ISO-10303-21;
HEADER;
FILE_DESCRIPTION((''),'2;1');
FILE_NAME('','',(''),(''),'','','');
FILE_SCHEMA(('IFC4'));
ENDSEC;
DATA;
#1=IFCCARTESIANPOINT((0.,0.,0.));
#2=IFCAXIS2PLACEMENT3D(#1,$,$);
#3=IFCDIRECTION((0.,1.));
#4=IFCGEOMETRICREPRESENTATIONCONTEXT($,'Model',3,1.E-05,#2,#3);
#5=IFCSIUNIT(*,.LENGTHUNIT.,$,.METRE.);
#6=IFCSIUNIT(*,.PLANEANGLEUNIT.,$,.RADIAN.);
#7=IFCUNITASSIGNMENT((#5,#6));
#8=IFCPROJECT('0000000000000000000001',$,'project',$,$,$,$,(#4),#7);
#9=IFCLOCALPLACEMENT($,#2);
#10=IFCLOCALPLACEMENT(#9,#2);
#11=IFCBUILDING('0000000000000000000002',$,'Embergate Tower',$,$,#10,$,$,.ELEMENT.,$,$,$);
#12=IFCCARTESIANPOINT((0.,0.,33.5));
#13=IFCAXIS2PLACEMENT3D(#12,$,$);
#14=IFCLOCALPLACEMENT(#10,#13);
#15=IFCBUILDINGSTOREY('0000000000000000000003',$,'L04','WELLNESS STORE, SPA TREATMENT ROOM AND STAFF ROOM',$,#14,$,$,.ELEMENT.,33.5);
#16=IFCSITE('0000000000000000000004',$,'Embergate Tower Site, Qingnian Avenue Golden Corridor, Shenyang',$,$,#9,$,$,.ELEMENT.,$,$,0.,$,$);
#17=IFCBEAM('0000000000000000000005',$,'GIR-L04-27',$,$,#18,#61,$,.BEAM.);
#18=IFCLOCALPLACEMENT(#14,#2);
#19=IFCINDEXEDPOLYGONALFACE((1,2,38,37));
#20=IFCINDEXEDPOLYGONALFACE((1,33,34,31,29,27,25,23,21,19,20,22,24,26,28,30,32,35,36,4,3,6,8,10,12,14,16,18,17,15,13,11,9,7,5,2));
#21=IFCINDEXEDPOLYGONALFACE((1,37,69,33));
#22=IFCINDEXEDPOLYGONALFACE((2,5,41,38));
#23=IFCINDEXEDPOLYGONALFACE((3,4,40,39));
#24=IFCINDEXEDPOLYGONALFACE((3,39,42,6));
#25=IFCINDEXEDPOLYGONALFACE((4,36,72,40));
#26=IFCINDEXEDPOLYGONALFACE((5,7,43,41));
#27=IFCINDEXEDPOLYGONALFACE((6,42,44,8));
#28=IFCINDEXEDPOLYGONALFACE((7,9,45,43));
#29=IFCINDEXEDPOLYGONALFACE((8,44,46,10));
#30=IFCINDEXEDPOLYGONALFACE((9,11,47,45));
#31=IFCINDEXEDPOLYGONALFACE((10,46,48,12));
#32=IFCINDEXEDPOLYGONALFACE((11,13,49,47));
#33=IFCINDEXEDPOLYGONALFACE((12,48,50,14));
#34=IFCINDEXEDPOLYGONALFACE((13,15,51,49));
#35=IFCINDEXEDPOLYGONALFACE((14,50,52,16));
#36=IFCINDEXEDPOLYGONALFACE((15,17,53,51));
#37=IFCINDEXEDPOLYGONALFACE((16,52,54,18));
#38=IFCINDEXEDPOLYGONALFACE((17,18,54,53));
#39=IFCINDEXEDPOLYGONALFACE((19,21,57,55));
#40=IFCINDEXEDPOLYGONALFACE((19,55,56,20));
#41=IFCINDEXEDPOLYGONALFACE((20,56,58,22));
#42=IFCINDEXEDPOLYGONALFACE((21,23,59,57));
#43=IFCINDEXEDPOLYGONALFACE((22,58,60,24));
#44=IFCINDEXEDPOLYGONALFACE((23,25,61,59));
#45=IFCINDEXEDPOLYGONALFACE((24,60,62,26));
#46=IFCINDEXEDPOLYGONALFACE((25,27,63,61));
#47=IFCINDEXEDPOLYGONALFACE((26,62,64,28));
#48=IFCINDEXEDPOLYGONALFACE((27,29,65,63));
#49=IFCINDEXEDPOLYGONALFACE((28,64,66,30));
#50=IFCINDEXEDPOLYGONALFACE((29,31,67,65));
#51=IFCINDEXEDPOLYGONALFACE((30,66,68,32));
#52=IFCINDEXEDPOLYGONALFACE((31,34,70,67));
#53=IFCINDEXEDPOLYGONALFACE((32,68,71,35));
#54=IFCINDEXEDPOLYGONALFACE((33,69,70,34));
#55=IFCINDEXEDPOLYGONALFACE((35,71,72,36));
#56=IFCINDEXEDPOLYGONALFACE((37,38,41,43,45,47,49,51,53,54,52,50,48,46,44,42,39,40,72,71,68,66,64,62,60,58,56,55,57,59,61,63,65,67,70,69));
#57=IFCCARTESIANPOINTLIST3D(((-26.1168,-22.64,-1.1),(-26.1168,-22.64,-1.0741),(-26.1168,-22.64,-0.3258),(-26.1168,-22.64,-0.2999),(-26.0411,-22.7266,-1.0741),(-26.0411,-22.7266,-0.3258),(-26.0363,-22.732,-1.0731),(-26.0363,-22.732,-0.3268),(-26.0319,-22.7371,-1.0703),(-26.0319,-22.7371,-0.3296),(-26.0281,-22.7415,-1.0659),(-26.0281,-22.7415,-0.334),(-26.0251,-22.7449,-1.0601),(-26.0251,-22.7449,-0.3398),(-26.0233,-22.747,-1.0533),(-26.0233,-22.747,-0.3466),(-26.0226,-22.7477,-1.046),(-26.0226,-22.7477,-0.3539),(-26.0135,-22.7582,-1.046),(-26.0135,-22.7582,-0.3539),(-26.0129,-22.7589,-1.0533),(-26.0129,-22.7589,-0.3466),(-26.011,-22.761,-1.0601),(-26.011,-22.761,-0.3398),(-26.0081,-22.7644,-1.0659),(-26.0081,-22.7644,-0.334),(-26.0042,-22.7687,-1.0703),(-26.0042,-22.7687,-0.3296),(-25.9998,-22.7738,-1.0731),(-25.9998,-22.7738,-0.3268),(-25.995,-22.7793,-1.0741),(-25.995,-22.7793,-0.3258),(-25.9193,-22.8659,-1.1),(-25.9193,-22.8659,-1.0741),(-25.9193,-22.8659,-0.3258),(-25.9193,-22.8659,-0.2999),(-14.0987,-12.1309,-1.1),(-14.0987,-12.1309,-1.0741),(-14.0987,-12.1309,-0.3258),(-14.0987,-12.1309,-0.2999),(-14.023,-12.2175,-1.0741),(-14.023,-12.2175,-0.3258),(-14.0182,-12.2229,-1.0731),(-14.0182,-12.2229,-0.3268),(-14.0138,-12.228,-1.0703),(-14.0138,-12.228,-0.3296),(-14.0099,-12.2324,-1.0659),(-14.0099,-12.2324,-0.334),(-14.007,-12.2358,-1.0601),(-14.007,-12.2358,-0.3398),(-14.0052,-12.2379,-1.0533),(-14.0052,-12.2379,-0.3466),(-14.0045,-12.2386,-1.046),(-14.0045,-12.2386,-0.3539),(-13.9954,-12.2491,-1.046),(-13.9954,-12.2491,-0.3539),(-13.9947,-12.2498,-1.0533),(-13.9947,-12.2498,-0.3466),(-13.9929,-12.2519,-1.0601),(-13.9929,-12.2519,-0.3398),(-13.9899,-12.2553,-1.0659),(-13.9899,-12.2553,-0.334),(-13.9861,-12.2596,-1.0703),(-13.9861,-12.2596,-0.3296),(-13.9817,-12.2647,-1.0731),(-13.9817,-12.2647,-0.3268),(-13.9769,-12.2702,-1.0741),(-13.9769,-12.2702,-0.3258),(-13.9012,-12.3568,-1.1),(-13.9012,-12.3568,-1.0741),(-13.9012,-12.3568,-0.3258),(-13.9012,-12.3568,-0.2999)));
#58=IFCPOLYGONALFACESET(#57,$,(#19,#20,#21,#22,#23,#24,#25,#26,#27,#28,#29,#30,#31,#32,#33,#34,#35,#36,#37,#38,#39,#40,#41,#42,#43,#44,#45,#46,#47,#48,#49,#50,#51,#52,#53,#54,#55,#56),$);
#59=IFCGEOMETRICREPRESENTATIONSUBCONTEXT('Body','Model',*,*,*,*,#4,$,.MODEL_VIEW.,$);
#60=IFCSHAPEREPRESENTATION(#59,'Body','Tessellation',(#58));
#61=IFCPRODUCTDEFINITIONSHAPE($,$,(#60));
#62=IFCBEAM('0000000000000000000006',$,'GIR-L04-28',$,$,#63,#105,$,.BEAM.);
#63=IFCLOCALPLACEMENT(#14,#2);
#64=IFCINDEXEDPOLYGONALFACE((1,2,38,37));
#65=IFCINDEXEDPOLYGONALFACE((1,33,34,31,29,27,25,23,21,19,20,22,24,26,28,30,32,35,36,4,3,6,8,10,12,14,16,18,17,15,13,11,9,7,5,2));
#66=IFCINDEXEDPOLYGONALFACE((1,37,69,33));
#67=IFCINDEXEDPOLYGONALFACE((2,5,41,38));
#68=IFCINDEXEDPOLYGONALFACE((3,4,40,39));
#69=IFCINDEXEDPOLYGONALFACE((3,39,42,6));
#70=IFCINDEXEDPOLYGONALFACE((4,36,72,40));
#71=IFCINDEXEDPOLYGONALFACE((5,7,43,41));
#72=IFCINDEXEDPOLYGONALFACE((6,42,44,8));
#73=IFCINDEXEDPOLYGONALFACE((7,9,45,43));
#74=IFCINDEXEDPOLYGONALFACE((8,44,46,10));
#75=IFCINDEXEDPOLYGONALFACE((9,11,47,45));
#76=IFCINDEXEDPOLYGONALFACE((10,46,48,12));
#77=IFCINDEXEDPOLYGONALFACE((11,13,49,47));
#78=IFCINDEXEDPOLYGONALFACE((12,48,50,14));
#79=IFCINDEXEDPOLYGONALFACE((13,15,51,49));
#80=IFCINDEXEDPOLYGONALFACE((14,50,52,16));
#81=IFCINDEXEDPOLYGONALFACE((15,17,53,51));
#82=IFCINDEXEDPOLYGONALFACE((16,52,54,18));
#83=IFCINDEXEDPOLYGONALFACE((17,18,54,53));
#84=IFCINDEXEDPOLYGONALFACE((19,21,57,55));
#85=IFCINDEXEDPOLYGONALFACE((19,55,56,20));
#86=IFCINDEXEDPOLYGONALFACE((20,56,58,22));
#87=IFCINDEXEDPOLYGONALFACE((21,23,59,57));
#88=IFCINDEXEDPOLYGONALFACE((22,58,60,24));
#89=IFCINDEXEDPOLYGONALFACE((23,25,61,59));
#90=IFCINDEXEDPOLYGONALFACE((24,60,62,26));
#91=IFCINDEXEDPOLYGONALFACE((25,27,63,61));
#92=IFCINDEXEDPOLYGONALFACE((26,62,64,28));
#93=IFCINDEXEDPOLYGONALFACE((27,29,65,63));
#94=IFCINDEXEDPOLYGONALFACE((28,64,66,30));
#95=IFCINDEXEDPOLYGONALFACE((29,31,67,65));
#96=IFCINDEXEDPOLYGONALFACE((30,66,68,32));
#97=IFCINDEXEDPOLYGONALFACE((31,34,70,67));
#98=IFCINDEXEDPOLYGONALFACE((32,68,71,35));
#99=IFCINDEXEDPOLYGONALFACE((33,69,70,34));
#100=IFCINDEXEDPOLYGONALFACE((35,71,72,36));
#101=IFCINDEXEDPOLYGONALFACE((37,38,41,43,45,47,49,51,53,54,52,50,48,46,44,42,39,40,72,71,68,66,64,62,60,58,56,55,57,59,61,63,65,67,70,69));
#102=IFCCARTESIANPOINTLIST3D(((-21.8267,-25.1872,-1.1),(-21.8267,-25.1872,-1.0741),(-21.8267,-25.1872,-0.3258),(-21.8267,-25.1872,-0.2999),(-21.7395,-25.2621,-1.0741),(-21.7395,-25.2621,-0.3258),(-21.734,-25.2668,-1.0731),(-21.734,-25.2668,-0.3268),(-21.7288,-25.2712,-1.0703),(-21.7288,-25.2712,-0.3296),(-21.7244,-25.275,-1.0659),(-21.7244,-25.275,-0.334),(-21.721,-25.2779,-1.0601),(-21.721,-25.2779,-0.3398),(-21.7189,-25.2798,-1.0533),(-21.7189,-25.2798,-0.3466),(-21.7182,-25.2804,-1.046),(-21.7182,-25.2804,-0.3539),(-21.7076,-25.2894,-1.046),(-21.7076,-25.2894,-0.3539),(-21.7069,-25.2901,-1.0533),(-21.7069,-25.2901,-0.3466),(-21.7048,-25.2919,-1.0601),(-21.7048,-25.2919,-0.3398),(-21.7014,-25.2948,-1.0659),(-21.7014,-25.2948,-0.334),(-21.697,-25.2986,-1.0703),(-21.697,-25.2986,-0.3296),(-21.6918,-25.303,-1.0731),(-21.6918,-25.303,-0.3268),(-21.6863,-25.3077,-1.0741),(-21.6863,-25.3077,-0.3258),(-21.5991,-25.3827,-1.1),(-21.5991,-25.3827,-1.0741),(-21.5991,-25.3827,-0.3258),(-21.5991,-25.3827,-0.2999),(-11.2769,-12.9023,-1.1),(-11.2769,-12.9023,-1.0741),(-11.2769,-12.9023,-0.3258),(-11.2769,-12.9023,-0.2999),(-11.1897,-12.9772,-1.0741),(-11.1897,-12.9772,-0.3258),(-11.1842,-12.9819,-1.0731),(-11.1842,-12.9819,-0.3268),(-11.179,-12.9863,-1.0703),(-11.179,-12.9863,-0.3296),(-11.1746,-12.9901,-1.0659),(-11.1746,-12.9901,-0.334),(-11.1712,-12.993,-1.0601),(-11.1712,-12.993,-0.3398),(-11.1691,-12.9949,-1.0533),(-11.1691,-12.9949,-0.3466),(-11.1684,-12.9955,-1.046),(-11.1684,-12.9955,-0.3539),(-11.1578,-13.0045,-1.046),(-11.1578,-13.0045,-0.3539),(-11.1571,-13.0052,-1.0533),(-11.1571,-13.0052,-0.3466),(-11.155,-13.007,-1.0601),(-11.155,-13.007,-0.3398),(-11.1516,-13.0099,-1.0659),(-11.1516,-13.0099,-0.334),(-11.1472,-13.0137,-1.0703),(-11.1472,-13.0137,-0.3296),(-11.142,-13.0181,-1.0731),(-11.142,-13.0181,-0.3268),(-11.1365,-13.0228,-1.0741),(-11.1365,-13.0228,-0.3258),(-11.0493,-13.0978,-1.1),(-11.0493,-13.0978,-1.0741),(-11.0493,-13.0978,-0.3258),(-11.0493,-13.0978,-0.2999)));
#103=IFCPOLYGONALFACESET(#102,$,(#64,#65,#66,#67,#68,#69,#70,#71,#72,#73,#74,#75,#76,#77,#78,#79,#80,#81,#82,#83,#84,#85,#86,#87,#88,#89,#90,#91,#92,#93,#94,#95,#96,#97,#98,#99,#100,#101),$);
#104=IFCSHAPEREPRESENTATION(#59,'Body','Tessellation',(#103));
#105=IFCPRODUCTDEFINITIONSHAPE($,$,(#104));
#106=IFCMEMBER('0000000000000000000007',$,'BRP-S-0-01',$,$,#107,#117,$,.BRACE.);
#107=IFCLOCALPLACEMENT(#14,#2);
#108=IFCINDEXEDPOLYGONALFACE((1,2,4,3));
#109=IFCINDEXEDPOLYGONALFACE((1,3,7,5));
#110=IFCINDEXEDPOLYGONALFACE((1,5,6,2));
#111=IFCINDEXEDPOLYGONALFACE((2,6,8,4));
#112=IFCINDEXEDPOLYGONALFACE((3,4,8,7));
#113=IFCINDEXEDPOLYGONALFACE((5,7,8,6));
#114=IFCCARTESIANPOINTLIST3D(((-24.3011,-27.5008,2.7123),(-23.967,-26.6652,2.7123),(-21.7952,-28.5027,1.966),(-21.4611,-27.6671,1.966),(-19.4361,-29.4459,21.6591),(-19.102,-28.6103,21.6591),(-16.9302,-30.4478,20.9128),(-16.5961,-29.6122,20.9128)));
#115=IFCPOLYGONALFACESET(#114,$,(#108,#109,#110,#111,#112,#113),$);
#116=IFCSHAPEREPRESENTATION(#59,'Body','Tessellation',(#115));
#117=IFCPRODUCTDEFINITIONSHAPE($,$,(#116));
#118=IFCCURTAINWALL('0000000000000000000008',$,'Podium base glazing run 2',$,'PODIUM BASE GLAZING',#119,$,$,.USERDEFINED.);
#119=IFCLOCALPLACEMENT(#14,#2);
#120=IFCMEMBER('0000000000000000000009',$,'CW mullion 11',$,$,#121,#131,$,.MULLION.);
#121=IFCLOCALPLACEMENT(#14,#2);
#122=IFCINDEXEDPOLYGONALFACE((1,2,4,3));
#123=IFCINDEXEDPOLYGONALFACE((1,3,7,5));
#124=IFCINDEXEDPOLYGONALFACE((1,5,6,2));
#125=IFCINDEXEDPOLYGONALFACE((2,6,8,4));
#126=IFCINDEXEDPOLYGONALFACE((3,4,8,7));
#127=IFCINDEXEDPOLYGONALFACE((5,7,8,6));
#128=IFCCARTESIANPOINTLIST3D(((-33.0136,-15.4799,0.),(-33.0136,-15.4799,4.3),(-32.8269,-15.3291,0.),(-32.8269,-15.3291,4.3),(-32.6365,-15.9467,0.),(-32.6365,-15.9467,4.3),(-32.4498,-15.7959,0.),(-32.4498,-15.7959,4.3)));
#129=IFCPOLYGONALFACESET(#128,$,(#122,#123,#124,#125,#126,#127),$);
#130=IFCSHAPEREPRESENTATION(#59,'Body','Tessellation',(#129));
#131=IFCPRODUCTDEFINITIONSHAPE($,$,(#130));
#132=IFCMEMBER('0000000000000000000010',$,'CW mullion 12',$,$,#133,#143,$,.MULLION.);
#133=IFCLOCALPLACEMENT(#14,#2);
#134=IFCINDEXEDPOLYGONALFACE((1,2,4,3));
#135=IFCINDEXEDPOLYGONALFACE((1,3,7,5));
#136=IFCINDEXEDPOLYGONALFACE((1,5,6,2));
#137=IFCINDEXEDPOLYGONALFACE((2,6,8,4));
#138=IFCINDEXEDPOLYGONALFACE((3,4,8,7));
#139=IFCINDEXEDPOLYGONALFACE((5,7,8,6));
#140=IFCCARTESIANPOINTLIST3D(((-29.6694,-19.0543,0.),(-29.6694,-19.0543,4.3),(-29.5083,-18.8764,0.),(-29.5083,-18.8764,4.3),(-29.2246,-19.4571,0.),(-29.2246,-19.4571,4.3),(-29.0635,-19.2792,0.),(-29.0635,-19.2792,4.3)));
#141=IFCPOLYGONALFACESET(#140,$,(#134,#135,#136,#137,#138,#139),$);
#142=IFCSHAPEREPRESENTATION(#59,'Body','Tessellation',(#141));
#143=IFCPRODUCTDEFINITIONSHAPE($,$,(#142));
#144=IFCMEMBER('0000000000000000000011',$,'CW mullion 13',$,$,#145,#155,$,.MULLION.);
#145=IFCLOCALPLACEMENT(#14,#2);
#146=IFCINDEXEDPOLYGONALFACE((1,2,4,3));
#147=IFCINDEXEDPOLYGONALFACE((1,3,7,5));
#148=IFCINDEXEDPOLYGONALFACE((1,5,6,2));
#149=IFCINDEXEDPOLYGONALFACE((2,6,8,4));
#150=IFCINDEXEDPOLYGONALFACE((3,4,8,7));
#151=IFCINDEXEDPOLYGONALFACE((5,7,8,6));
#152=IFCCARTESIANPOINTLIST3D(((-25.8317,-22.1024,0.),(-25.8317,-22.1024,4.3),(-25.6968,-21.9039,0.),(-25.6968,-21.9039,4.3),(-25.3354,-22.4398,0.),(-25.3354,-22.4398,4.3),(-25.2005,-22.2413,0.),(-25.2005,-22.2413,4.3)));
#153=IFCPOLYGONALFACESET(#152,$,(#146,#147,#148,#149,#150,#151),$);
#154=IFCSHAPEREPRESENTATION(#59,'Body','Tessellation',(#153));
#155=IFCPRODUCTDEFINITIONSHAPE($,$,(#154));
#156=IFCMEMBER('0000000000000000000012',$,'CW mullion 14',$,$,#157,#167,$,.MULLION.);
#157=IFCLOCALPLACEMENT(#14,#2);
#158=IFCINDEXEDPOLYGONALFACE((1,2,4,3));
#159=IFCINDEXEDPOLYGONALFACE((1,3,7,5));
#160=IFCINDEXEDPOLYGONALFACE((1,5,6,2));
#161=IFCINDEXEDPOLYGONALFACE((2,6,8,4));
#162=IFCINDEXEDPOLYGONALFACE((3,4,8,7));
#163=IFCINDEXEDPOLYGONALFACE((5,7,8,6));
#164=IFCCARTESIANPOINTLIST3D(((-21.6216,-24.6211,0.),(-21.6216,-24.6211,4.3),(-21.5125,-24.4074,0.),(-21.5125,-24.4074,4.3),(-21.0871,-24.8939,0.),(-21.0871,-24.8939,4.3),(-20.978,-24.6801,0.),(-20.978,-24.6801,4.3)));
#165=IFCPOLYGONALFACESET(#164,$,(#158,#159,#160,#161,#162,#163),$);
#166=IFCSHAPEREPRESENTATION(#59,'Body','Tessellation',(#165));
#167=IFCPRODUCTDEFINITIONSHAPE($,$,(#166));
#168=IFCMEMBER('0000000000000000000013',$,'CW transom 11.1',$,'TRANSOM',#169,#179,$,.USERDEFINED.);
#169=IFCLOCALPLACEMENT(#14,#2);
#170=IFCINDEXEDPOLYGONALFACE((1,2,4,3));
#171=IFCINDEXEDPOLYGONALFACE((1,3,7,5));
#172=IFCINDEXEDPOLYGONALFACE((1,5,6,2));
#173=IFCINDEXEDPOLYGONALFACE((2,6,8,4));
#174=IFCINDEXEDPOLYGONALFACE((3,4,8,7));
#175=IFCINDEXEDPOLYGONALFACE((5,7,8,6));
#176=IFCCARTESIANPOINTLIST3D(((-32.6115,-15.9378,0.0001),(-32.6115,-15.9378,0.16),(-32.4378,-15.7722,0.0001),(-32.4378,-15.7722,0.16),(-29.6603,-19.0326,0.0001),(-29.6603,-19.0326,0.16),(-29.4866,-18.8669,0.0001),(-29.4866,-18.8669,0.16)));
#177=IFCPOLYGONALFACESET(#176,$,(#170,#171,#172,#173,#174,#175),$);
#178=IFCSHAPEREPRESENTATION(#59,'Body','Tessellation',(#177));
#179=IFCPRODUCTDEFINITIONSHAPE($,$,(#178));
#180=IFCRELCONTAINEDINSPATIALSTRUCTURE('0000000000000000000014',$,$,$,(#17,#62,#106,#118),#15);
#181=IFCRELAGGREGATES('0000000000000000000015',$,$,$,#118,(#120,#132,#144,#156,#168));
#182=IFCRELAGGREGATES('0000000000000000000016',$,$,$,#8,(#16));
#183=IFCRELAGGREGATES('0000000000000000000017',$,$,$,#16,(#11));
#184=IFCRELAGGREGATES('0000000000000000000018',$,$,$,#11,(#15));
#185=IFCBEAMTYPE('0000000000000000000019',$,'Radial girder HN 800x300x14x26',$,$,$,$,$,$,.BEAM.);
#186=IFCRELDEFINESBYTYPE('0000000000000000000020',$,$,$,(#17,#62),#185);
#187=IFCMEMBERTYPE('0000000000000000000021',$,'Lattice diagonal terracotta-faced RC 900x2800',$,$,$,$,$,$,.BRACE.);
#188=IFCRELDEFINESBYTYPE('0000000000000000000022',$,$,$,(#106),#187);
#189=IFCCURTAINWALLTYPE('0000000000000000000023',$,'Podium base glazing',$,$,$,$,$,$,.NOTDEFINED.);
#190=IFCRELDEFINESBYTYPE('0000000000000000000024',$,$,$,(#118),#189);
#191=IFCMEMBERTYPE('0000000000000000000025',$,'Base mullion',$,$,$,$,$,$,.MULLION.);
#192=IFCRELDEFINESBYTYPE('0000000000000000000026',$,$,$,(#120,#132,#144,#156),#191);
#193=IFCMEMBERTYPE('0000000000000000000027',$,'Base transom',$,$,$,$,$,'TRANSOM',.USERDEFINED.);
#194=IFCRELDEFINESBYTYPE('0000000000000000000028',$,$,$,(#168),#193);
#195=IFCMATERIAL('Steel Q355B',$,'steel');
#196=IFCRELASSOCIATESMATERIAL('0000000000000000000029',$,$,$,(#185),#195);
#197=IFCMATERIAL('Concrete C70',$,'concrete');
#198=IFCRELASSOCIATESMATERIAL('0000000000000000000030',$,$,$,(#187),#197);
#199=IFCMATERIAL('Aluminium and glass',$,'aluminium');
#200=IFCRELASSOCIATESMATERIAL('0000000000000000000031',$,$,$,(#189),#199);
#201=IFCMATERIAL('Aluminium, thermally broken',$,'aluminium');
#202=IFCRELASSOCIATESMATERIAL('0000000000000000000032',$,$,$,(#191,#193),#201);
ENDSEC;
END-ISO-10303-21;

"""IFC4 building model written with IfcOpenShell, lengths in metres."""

from ifc_helpers import new_model, si_unit, direction, frame, origin, origin_2d, place, context, subcontext, project, spatial, rectangle, i_section, extrude, source, transform, mapped, material, material_profile, profile_set, type_object, element, aggregate, save


model = new_model("IFC4")

# Units and contexts
model_context = context("Model", 3, precision=1e-05, world=origin(), true_north=direction((0.0, 1.0)))
body_context = subcontext(model_context, "Body", "Model", "MODEL_VIEW")
ifc_project = project(units=[si_unit("LENGTHUNIT", "METRE"), si_unit("PLANEANGLEUNIT", "RADIAN")], contexts=[model_context])

# Site, building, storey
site_placement = place(None, origin())
site = spatial("IfcSite", under=ifc_project, at=site_placement, Name="Embergate Tower Site, Qingnian Avenue Golden Corridor, Shenyang", CompositionType="ELEMENT", RefElevation=0.0)
building_placement = place(site_placement, origin())
building = spatial("IfcBuilding", under=site, at=building_placement, Name="Embergate Tower", CompositionType="ELEMENT")
storey_placement = place(building_placement, frame((0.0, 0.0, 33.5)))
storey = spatial("IfcBuildingStorey", under=building, at=storey_placement, Name="L04", Description="WELLNESS STORE, SPA TREATMENT ROOM AND STAFF ROOM", CompositionType="ELEMENT", Elevation=33.5)

# Shared definitions
ifc_material_1 = material(Name="Concrete C70", Category="concrete")

# Beams
ifc_material_2 = material(Name="Steel Q355B", Category="steel")
ifc_material_profile_1 = material_profile(ifc_material_2, i_section(OverallWidth=0.3, OverallDepth=0.8, WebThickness=0.0139, FlangeThickness=0.0259, FilletRadius=0.0281, at=origin_2d()), Name="HN 800x300x14x26")
ifc_profile_set_1 = profile_set([ifc_material_profile_1], Name="Steel Q355 grade B")
beam_type_1 = type_object("IfcBeamType", Name="Radial girder HN 800x300x14x26", PredefinedType="BEAM", material=ifc_profile_set_1)
shared_shape_1 = source(origin(), body_context, "Body", "SweptSolid", [
    extrude(i_section(OverallWidth=0.3, OverallDepth=0.8, WebThickness=0.0139, FlangeThickness=0.0259, FilletRadius=0.0281, at=origin_2d()), origin(), (0.0, 0.0, 1.0), 15.9648),
])
beam_1_placement = place(storey_placement, frame((-26.0181, -22.7529, -0.7), z_axis=(0.752787, 0.658264, 0.0), x_axis=(-0.658264, 0.752787, 0.0)))
element("IfcBeam", 1, at=beam_1_placement, inside=storey, type_object=beam_type_1, Name="GIR-L04-27", PredefinedType="BEAM", context=body_context, shape_type="MappedRepresentation", body=[
    mapped(shared_shape_1, transform((0.0, 0.0, 0.0))),
])
shared_shape_2 = source(origin(), body_context, "Body", "SweptSolid", [
    extrude(i_section(OverallWidth=0.3, OverallDepth=0.8, WebThickness=0.0139, FlangeThickness=0.0259, FilletRadius=0.0281, at=origin_2d()), origin(), (0.0, 0.0, 1.0), 16.1931),
])
beam_2_placement = place(storey_placement, frame((-21.7129, -25.2849, -0.7), z_axis=(0.651499, 0.75865, 0.0), x_axis=(-0.75865, 0.651499, 0.0)))
element("IfcBeam", 2, at=beam_2_placement, inside=storey, type_object=beam_type_1, Name="GIR-L04-28", PredefinedType="BEAM", context=body_context, shape_type="MappedRepresentation", body=[
    mapped(shared_shape_2, transform((0.0, 0.0, 0.0))),
])

# Member
ifc_material_profile_2 = material_profile(ifc_material_1, rectangle(XDim=0.8999, YDim=2.8, at=origin_2d()), Name="RC 900x2800")
ifc_profile_set_2 = profile_set([ifc_material_profile_2], Name="Concrete C70")
member_type_1 = type_object("IfcMemberType", Name="Lattice diagonal terracotta-faced RC 900x2800", PredefinedType="BRACE", material=ifc_profile_set_2)
shared_shape_3 = source(origin(), body_context, "Body", "SweptSolid", [
    extrude(rectangle(XDim=0.8999, YDim=2.8, at=origin_2d()), origin(), (0.0, 0.0, 1.0), 19.658),
])
member_1_placement = place(storey_placement, frame((-22.8811, -27.584, 2.3391), z_axis=(0.247483, -0.098946, 0.963827), x_axis=(0.371238, 0.928538, 0.0)))
element("IfcMember", 3, at=member_1_placement, inside=storey, type_object=member_type_1, Name="BRP-S-0-01", PredefinedType="BRACE", context=body_context, shape_type="MappedRepresentation", body=[
    mapped(shared_shape_3, transform((0.0, 0.0, 0.0))),
])

# Curtain wall, members
ifc_material_3 = material(Name="Aluminium and glass", Category="aluminium")
curtain_wall_type = type_object("IfcCurtainWallType", Name="Podium base glazing", PredefinedType="NOTDEFINED", material=ifc_material_3)
curtain_wall_placement = place(storey_placement, origin())
curtain_wall = element("IfcCurtainWall", 4, at=curtain_wall_placement, inside=storey, type_object=curtain_wall_type, Name="Podium base glazing run 2", ObjectType="PODIUM BASE GLAZING", PredefinedType="USERDEFINED")
ifc_material_4 = material(Name="Aluminium, thermally broken", Category="aluminium")
ifc_material_profile_3 = material_profile(ifc_material_4, rectangle(XDim=0.24, YDim=0.6001, at=origin_2d()), Name="AL 600x240")
ifc_profile_set_3 = profile_set([ifc_material_profile_3], Name="Aluminium, thermally broken")
member_type_2 = type_object("IfcMemberType", Name="Base mullion", PredefinedType="MULLION", material=ifc_profile_set_3)
shared_shape_4 = source(origin(), body_context, "Body", "SweptSolid", [
    extrude(rectangle(XDim=0.24, YDim=0.6001, at=origin_2d()), origin(), (0.0, 0.0, 1.0), 4.3),
])
member_2_placement = place(storey_placement, frame((-32.7317, -15.6379, 0.0), z_axis=(0.0, 0.0, 1.0), x_axis=(0.777869, 0.628426, 0.0)))
member_2 = element("IfcMember", 5, at=member_2_placement, type_object=member_type_2, Name="CW mullion 11", PredefinedType="MULLION", context=body_context, shape_type="MappedRepresentation", body=[
    mapped(shared_shape_4, transform((0.0, 0.0, 0.0))),
])
member_3_placement = place(storey_placement, frame((-29.3665, -19.1667, 0.0), z_axis=(0.0, 0.0, 1.0), x_axis=(0.671223, 0.741256, 0.0)))
member_3 = element("IfcMember", 6, at=member_3_placement, type_object=member_type_2, Name="CW mullion 12", PredefinedType="MULLION", context=body_context, shape_type="MappedRepresentation", body=[
    mapped(shared_shape_4, transform((0.0, 0.0, 0.0))),
])
member_4_placement = place(storey_placement, frame((-25.5161, -22.1719, 0.0), z_axis=(0.0, 0.0, 1.0), x_axis=(0.562213, 0.826992, 0.0)))
member_4 = element("IfcMember", 7, at=member_4_placement, type_object=member_type_2, Name="CW mullion 13", PredefinedType="MULLION", context=body_context, shape_type="MappedRepresentation", body=[
    mapped(shared_shape_4, transform((0.0, 0.0, 0.0))),
])
member_5_placement = place(storey_placement, frame((-21.2998, -24.6506, 0.0), z_axis=(0.0, 0.0, 1.0), x_axis=(0.454507, 0.890743, 0.0)))
member_5 = element("IfcMember", 8, at=member_5_placement, type_object=member_type_2, Name="CW mullion 14", PredefinedType="MULLION", context=body_context, shape_type="MappedRepresentation", body=[
    mapped(shared_shape_4, transform((0.0, 0.0, 0.0))),
])
ifc_material_profile_4 = material_profile(ifc_material_4, rectangle(XDim=0.24, YDim=0.1599, at=origin_2d()), Name="AL 160x240")
ifc_profile_set_4 = profile_set([ifc_material_profile_4], Name="Aluminium, thermally broken")
member_type_3 = type_object("IfcMemberType", Name="Base transom", ElementType="TRANSOM", PredefinedType="USERDEFINED", material=ifc_profile_set_4)
shared_shape_5 = source(origin(), body_context, "Body", "SweptSolid", [
    extrude(rectangle(XDim=0.24, YDim=0.1599, at=origin_2d()), origin(), (0.0, 0.0, 1.0), 4.2764),
])
member_6_placement = place(storey_placement, frame((-32.5247, -15.855, 0.0801), z_axis=(0.690123, -0.723692, 0.0), x_axis=(0.723692, 0.690123, 0.0)))
member_6 = element("IfcMember", 9, at=member_6_placement, type_object=member_type_3, Name="CW transom 11.1", ObjectType="TRANSOM", PredefinedType="USERDEFINED", context=body_context, shape_type="MappedRepresentation", body=[
    mapped(shared_shape_5, transform((0.0, 0.0, 0.0))),
])
aggregate(curtain_wall, [member_2, member_3, member_4, member_5, member_6])

save(model, "model.ifc")
